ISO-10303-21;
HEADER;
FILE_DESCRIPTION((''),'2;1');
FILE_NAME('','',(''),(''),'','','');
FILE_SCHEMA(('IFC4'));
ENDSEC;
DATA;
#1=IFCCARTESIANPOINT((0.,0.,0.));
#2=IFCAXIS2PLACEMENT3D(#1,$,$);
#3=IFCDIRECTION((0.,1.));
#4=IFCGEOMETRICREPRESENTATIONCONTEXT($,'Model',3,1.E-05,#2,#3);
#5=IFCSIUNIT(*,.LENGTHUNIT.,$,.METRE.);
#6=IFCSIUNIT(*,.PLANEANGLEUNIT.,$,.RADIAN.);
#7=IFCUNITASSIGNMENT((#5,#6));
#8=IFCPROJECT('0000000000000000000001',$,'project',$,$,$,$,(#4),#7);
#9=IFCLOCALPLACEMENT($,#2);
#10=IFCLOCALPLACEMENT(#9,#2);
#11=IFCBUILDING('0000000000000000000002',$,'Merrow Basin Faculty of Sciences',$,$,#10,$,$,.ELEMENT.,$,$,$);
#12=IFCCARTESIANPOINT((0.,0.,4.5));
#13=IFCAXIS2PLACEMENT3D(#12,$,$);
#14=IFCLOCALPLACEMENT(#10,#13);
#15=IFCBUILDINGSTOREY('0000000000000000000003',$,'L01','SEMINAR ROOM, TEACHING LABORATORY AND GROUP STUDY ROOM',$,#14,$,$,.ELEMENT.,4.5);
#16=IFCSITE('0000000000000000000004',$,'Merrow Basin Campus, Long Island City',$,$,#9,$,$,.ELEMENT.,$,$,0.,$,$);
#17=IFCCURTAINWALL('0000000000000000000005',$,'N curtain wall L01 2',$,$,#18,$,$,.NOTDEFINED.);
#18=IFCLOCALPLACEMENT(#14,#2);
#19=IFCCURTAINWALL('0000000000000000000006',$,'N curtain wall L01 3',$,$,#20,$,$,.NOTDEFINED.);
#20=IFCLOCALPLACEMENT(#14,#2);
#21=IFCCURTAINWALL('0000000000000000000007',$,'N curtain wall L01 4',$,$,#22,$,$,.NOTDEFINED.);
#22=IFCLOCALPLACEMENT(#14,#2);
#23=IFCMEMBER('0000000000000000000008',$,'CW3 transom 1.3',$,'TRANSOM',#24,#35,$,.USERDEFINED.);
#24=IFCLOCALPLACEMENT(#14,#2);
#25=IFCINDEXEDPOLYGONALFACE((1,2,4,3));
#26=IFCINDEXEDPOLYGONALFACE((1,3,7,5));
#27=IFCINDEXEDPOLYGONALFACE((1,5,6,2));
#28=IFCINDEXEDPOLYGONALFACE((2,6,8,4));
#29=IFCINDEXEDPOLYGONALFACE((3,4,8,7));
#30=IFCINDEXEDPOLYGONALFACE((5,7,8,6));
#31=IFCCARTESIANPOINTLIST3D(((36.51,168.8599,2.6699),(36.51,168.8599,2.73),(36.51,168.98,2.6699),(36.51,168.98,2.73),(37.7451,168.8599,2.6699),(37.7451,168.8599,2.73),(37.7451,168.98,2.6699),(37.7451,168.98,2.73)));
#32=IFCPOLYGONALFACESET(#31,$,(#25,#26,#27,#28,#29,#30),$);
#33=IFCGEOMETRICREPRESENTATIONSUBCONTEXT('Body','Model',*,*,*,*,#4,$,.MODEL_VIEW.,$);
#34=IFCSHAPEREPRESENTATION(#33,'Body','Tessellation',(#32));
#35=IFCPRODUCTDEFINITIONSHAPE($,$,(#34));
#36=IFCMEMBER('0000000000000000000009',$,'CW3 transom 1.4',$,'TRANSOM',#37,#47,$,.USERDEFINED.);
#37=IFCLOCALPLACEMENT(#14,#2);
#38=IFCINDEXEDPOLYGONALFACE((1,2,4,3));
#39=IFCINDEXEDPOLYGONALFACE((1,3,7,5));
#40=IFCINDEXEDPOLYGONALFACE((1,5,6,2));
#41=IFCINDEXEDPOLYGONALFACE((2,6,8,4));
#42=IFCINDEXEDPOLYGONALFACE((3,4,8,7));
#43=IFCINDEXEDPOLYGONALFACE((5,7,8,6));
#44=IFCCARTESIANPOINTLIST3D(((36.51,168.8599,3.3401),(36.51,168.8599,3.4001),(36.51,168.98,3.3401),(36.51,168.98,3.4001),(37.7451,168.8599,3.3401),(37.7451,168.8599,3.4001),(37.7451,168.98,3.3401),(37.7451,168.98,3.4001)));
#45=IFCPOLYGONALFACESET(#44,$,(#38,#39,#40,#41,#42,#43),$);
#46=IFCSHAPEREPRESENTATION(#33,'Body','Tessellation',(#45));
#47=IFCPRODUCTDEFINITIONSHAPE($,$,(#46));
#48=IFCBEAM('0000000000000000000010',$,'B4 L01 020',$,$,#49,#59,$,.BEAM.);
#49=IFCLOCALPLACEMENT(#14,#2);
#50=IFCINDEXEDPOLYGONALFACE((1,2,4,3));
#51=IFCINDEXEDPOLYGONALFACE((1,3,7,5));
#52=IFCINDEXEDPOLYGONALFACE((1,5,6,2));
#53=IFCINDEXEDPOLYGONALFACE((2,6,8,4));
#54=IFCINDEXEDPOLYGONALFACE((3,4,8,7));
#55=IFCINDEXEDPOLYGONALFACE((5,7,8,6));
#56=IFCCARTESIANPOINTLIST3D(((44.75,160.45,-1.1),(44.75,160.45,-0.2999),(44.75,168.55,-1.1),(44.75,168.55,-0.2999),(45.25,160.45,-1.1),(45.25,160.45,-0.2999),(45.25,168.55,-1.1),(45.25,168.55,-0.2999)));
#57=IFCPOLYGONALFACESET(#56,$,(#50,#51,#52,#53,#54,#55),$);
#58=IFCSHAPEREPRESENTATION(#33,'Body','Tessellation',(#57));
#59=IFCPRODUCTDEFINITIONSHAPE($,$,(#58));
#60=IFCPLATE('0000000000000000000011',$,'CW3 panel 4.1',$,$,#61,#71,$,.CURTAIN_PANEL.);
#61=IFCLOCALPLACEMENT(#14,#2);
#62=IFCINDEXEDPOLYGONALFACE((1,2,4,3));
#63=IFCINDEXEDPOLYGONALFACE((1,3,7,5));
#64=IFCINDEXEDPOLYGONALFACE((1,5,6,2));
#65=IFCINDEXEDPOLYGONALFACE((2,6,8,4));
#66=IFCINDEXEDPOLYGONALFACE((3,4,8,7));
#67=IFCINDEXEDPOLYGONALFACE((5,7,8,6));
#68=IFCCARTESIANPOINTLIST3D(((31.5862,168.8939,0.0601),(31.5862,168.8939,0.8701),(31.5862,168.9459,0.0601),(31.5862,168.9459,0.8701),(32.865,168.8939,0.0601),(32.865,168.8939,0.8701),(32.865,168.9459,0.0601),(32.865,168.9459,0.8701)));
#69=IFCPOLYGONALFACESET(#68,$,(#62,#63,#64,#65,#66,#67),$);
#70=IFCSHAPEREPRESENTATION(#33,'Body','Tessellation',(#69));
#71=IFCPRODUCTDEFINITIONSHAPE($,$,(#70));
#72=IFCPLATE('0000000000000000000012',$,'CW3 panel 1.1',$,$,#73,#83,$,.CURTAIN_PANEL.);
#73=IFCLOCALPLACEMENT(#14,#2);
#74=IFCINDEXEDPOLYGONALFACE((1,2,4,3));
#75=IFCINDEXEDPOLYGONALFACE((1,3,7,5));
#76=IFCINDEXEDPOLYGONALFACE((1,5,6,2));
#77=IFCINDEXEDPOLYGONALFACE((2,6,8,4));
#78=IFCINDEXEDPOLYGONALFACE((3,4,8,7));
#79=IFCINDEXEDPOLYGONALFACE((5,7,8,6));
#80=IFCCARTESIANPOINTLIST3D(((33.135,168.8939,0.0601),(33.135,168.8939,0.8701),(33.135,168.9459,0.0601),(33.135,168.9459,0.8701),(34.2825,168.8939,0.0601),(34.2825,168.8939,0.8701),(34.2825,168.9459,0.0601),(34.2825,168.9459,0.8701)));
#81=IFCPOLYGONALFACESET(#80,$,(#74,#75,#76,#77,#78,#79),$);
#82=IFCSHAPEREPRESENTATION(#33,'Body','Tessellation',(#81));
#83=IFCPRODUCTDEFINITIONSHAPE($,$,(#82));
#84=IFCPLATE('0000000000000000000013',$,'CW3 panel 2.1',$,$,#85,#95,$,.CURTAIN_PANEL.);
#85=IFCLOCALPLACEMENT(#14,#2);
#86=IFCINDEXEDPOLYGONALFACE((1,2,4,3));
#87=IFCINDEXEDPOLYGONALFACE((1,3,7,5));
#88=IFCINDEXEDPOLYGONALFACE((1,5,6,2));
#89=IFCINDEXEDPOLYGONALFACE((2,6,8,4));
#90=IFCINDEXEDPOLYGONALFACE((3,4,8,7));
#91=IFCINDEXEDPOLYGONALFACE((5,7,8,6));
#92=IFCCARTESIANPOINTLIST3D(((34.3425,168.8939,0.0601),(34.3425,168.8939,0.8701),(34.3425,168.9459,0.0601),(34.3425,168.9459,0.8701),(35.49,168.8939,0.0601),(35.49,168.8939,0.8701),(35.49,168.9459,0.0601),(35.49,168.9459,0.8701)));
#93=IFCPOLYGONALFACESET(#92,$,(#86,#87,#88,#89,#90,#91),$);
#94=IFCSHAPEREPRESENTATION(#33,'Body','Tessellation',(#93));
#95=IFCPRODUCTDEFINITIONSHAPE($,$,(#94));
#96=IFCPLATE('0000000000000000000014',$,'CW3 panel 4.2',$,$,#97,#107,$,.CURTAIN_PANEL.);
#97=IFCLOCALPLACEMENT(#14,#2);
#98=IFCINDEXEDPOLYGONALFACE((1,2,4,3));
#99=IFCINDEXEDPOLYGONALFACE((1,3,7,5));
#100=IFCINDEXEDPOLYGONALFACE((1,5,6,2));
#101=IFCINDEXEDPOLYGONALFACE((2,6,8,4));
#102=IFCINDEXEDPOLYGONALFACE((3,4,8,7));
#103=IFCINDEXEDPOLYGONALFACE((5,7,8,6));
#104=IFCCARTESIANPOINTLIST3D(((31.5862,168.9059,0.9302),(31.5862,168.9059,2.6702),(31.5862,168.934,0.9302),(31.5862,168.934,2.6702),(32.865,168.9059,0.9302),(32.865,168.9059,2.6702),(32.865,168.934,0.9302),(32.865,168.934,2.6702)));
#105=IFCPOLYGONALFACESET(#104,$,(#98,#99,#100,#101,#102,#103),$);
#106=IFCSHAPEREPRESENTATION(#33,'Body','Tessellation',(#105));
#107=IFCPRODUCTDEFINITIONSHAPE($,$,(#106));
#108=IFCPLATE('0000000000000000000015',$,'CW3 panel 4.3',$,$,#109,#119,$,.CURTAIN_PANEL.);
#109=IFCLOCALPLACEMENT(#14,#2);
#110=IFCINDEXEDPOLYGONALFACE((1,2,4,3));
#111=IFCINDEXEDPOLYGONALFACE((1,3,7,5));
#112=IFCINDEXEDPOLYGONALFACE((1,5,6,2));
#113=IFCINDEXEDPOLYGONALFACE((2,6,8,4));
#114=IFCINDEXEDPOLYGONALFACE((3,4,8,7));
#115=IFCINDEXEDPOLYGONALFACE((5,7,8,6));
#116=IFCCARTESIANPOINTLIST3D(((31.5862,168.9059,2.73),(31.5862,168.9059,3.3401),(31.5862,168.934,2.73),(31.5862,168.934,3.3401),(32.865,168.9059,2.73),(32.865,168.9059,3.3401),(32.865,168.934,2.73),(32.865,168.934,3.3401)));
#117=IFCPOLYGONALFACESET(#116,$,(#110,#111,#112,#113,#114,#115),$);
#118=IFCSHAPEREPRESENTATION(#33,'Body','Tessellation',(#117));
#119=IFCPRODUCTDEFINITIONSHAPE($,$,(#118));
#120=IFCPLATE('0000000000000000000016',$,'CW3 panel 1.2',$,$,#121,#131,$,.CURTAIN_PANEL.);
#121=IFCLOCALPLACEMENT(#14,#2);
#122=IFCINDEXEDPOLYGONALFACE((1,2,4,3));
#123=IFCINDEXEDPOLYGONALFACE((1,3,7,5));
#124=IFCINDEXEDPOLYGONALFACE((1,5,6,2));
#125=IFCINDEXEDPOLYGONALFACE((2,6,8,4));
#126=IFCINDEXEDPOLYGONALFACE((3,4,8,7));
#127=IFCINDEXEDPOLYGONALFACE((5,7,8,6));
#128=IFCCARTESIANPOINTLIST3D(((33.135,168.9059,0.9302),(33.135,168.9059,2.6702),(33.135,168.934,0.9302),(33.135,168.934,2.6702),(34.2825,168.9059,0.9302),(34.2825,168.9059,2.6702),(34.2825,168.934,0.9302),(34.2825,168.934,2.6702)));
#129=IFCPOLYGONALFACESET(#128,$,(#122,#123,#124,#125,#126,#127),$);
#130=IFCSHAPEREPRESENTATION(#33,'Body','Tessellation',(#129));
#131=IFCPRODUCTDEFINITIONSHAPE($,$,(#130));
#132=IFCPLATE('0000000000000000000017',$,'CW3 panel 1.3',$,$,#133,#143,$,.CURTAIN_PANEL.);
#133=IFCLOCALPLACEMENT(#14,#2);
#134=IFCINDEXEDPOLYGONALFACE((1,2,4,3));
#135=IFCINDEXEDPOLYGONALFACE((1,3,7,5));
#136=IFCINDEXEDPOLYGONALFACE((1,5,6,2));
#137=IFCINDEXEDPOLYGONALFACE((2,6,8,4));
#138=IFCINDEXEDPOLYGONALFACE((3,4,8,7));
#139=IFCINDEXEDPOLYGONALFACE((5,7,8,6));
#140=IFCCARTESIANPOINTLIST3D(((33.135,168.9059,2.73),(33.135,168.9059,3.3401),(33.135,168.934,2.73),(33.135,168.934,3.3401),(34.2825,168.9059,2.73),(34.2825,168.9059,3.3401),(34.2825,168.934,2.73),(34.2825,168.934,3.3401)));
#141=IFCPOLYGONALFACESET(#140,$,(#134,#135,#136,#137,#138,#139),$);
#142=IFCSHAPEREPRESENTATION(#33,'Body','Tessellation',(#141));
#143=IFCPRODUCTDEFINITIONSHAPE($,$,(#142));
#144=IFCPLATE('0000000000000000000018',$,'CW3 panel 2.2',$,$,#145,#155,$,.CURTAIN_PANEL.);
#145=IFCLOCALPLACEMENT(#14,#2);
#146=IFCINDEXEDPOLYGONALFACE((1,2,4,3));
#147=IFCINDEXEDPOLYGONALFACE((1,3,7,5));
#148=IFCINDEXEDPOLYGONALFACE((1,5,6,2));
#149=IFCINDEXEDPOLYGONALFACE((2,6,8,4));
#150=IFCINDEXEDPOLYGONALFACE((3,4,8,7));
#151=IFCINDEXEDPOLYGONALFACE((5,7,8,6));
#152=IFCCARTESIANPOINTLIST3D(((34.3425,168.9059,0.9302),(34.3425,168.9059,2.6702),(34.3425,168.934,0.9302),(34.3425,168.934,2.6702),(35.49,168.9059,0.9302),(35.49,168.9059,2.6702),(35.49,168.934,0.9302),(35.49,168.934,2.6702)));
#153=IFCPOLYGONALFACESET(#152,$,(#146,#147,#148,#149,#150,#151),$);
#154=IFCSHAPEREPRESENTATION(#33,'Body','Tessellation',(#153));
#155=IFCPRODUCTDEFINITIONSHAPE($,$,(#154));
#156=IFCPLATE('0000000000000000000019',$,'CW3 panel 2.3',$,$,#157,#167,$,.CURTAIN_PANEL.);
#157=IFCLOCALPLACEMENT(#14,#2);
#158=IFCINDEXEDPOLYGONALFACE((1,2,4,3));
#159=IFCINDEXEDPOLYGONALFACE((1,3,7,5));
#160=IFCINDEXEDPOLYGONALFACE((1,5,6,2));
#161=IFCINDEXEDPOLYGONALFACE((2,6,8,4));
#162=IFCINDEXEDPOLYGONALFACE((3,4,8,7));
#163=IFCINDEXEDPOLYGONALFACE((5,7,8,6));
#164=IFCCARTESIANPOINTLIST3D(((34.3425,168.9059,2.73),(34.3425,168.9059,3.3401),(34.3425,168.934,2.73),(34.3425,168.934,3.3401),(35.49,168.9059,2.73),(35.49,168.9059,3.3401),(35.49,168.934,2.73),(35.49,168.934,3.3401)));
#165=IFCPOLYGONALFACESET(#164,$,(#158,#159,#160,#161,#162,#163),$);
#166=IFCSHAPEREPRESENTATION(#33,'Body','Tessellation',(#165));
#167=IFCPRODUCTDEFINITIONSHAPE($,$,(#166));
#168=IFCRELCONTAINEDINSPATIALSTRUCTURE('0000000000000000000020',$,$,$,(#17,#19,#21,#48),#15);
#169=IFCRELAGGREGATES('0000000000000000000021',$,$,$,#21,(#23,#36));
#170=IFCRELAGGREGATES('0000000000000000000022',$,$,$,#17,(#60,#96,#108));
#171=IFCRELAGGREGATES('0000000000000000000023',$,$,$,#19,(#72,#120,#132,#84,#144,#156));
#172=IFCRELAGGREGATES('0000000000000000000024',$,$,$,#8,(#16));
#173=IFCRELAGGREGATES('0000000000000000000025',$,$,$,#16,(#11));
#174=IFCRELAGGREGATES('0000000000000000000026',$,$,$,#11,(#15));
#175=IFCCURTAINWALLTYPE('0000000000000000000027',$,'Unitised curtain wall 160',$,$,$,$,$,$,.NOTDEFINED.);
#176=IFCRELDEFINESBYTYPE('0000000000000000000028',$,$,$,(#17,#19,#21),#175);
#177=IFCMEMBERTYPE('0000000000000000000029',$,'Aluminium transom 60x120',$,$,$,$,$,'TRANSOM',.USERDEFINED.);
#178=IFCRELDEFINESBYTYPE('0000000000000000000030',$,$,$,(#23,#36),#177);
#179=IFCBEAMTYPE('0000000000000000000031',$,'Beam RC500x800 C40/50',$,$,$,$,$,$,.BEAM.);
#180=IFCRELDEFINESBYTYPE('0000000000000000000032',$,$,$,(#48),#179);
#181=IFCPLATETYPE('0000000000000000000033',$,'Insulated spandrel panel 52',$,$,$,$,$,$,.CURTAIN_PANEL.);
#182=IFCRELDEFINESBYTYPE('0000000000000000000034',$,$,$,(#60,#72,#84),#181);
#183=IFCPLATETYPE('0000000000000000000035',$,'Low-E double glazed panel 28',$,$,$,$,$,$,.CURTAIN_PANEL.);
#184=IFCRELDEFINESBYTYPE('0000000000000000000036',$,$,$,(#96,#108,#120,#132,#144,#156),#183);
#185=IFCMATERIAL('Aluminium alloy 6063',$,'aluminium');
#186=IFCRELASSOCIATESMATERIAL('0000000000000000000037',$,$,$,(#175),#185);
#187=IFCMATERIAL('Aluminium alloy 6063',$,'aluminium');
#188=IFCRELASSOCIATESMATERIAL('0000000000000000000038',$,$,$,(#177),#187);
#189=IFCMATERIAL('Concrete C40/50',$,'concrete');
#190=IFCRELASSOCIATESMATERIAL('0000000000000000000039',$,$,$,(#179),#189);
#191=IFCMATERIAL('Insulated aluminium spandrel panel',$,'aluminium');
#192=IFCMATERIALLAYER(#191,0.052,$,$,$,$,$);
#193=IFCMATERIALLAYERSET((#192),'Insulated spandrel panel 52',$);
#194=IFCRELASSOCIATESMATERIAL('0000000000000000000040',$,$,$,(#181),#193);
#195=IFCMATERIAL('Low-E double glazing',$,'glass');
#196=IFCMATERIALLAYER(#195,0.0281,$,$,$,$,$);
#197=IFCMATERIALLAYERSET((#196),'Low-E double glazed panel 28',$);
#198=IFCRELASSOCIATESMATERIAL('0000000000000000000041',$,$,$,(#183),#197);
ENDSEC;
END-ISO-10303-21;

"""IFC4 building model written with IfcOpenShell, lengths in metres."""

from ifc_helpers import new_model, si_unit, direction, frame, origin, origin_2d, place, context, subcontext, project, spatial, rectangle, extrude, material, layer, layer_set, material_profile, profile_set, type_object, element, aggregate, save


model = new_model("IFC4")

# Units and contexts
model_context = context("Model", 3, precision=1e-05, world=origin(), true_north=direction((0.0, 1.0)))
body_context = subcontext(model_context, "Body", "Model", "MODEL_VIEW")
ifc_project = project(units=[si_unit("LENGTHUNIT", "METRE"), si_unit("PLANEANGLEUNIT", "RADIAN")], contexts=[model_context])

# Site, building, storey
site_placement = place(None, origin())
site = spatial("IfcSite", under=ifc_project, at=site_placement, Name="Merrow Basin Campus, Long Island City", CompositionType="ELEMENT", RefElevation=0.0)
building_placement = place(site_placement, origin())
building = spatial("IfcBuilding", under=site, at=building_placement, Name="Merrow Basin Faculty of Sciences", CompositionType="ELEMENT")
storey_placement = place(building_placement, frame((0.0, 0.0, 4.5)))
storey = spatial("IfcBuildingStorey", under=building, at=storey_placement, Name="L01", Description="SEMINAR ROOM, TEACHING LABORATORY AND GROUP STUDY ROOM", CompositionType="ELEMENT", Elevation=4.5)

# Curtain wall
ifc_material_1 = material(Name="Aluminium alloy 6063", Category="aluminium")
curtain_wall_type = type_object("IfcCurtainWallType", Name="Unitised curtain wall 160", PredefinedType="NOTDEFINED", material=ifc_material_1)
curtain_wall_1_placement = place(storey_placement, origin())
curtain_wall_1 = element("IfcCurtainWall", 1, at=curtain_wall_1_placement, inside=storey, type_object=curtain_wall_type, Name="N curtain wall L01 2", PredefinedType="NOTDEFINED")

# Curtain wall
curtain_wall_2_placement = place(storey_placement, origin())
curtain_wall_2 = element("IfcCurtainWall", 2, at=curtain_wall_2_placement, inside=storey, type_object=curtain_wall_type, Name="N curtain wall L01 3", PredefinedType="NOTDEFINED")

# Curtain wall
curtain_wall_3_placement = place(storey_placement, origin())
curtain_wall_3 = element("IfcCurtainWall", 3, at=curtain_wall_3_placement, inside=storey, type_object=curtain_wall_type, Name="N curtain wall L01 4", PredefinedType="NOTDEFINED")

# Members
ifc_material_2 = material(Name="Aluminium alloy 6063", Category="aluminium")
ifc_material_profile_1 = material_profile(ifc_material_2, rectangle(XDim=0.1201, YDim=0.0601, at=origin_2d()))
ifc_profile_set_1 = profile_set([ifc_material_profile_1], Name="Aluminium alloy 6063")
member_type_1 = type_object("IfcMemberType", Name="Aluminium transom 60x120", ElementType="TRANSOM", PredefinedType="USERDEFINED", material=ifc_profile_set_1)
member_1_placement = place(storey_placement, frame((36.51, 168.9199, 2.7), z_axis=(1.0, 0.0, 0.0), x_axis=(0.0, 1.0, 0.0)))
member_1 = element("IfcMember", 4, at=member_1_placement, type_object=member_type_1, Name="CW3 transom 1.3", ObjectType="TRANSOM", PredefinedType="USERDEFINED", context=body_context, shape_type="SweptSolid", body=[
    extrude(rectangle(XDim=0.1201, YDim=0.0601, at=origin_2d()), origin(), (0.0, 0.0, 1.0), 1.2351),
])
member_2_placement = place(storey_placement, frame((36.51, 168.9199, 3.3701), z_axis=(1.0, 0.0, 0.0), x_axis=(0.0, 1.0, 0.0)))
member_2 = element("IfcMember", 5, at=member_2_placement, type_object=member_type_1, Name="CW3 transom 1.4", ObjectType="TRANSOM", PredefinedType="USERDEFINED", context=body_context, shape_type="SweptSolid", body=[
    extrude(rectangle(XDim=0.1201, YDim=0.0601, at=origin_2d()), origin(), (0.0, 0.0, 1.0), 1.2351),
])
aggregate(curtain_wall_3, [member_1, member_2])

# Beam
ifc_material_3 = material(Name="Concrete C40/50", Category="concrete")
ifc_material_profile_2 = material_profile(ifc_material_3, rectangle(XDim=0.5, YDim=0.8, at=origin_2d()))
ifc_profile_set_2 = profile_set([ifc_material_profile_2], Name="Concrete C40/50")
beam_type = type_object("IfcBeamType", Name="Beam RC500x800 C40/50", PredefinedType="BEAM", material=ifc_profile_set_2)
beam_placement = place(storey_placement, frame((45.0, 160.45, -0.7), z_axis=(0.0, 1.0, 0.0), x_axis=(-1.0, 0.0, 0.0)))
element("IfcBeam", 6, at=beam_placement, inside=storey, type_object=beam_type, Name="B4 L01 020", PredefinedType="BEAM", context=body_context, shape_type="SweptSolid", body=[
    extrude(rectangle(XDim=0.5, YDim=0.8, at=origin_2d()), origin(), (0.0, 0.0, 1.0), 8.1001),
])

# Plates
ifc_material_4 = material(Name="Insulated aluminium spandrel panel", Category="aluminium")
ifc_layer_1 = layer(ifc_material_4, 0.052)
ifc_layer_set_1 = layer_set([ifc_layer_1], Name="Insulated spandrel panel 52")
plate_type_1 = type_object("IfcPlateType", Name="Insulated spandrel panel 52", PredefinedType="CURTAIN_PANEL", material=ifc_layer_set_1)
plate_1_placement = place(storey_placement, frame((32.2256, 168.9199, 0.0601), z_axis=(0.0, 0.0, 1.0), x_axis=(1.0, 0.0, 0.0)))
plate_1 = element("IfcPlate", 7, at=plate_1_placement, type_object=plate_type_1, Name="CW3 panel 4.1", PredefinedType="CURTAIN_PANEL", context=body_context, shape_type="SweptSolid", body=[
    extrude(rectangle(XDim=1.2788, YDim=0.052, at=origin_2d()), origin(), (0.0, 0.0, 1.0), 0.8101),
])
plate_2_placement = place(storey_placement, frame((33.7087, 168.9199, 0.0601), z_axis=(0.0, 0.0, 1.0), x_axis=(1.0, 0.0, 0.0)))
plate_2 = element("IfcPlate", 8, at=plate_2_placement, type_object=plate_type_1, Name="CW3 panel 1.1", PredefinedType="CURTAIN_PANEL", context=body_context, shape_type="SweptSolid", body=[
    extrude(rectangle(XDim=1.1475, YDim=0.052, at=origin_2d()), origin(), (0.0, 0.0, 1.0), 0.8101),
])
plate_3_placement = place(storey_placement, frame((34.9163, 168.9199, 0.0601), z_axis=(0.0, 0.0, 1.0), x_axis=(1.0, 0.0, 0.0)))
plate_3 = element("IfcPlate", 9, at=plate_3_placement, type_object=plate_type_1, Name="CW3 panel 2.1", PredefinedType="CURTAIN_PANEL", context=body_context, shape_type="SweptSolid", body=[
    extrude(rectangle(XDim=1.1475, YDim=0.052, at=origin_2d()), origin(), (0.0, 0.0, 1.0), 0.8101),
])
ifc_material_5 = material(Name="Low-E double glazing", Category="glass")
ifc_layer_2 = layer(ifc_material_5, 0.0281)
ifc_layer_set_2 = layer_set([ifc_layer_2], Name="Low-E double glazed panel 28")
plate_type_2 = type_object("IfcPlateType", Name="Low-E double glazed panel 28", PredefinedType="CURTAIN_PANEL", material=ifc_layer_set_2)
plate_4_placement = place(storey_placement, frame((32.2256, 168.9199, 0.9302), z_axis=(0.0, 0.0, 1.0), x_axis=(1.0, 0.0, 0.0)))
plate_4 = element("IfcPlate", 10, at=plate_4_placement, type_object=plate_type_2, Name="CW3 panel 4.2", PredefinedType="CURTAIN_PANEL", context=body_context, shape_type="SweptSolid", body=[
    extrude(rectangle(XDim=1.2788, YDim=0.0281, at=origin_2d()), origin(), (0.0, 0.0, 1.0), 1.74),
])
plate_5_placement = place(storey_placement, frame((32.2256, 168.9199, 2.73), z_axis=(0.0, 0.0, 1.0), x_axis=(1.0, 0.0, 0.0)))
plate_5 = element("IfcPlate", 11, at=plate_5_placement, type_object=plate_type_2, Name="CW3 panel 4.3", PredefinedType="CURTAIN_PANEL", context=body_context, shape_type="SweptSolid", body=[
    extrude(rectangle(XDim=1.2788, YDim=0.0281, at=origin_2d()), origin(), (0.0, 0.0, 1.0), 0.6101),
])
aggregate(curtain_wall_1, [plate_1, plate_4, plate_5])
plate_6_placement = place(storey_placement, frame((33.7087, 168.9199, 0.9302), z_axis=(0.0, 0.0, 1.0), x_axis=(1.0, 0.0, 0.0)))
plate_6 = element("IfcPlate", 12, at=plate_6_placement, type_object=plate_type_2, Name="CW3 panel 1.2", PredefinedType="CURTAIN_PANEL", context=body_context, shape_type="SweptSolid", body=[
    extrude(rectangle(XDim=1.1475, YDim=0.0281, at=origin_2d()), origin(), (0.0, 0.0, 1.0), 1.74),
])
plate_7_placement = place(storey_placement, frame((33.7087, 168.9199, 2.73), z_axis=(0.0, 0.0, 1.0), x_axis=(1.0, 0.0, 0.0)))
plate_7 = element("IfcPlate", 13, at=plate_7_placement, type_object=plate_type_2, Name="CW3 panel 1.3", PredefinedType="CURTAIN_PANEL", context=body_context, shape_type="SweptSolid", body=[
    extrude(rectangle(XDim=1.1475, YDim=0.0281, at=origin_2d()), origin(), (0.0, 0.0, 1.0), 0.6101),
])
plate_8_placement = place(storey_placement, frame((34.9163, 168.9199, 0.9302), z_axis=(0.0, 0.0, 1.0), x_axis=(1.0, 0.0, 0.0)))
plate_8 = element("IfcPlate", 14, at=plate_8_placement, type_object=plate_type_2, Name="CW3 panel 2.2", PredefinedType="CURTAIN_PANEL", context=body_context, shape_type="SweptSolid", body=[
    extrude(rectangle(XDim=1.1475, YDim=0.0281, at=origin_2d()), origin(), (0.0, 0.0, 1.0), 1.74),
])
plate_9_placement = place(storey_placement, frame((34.9163, 168.9199, 2.73), z_axis=(0.0, 0.0, 1.0), x_axis=(1.0, 0.0, 0.0)))
plate_9 = element("IfcPlate", 15, at=plate_9_placement, type_object=plate_type_2, Name="CW3 panel 2.3", PredefinedType="CURTAIN_PANEL", context=body_context, shape_type="SweptSolid", body=[
    extrude(rectangle(XDim=1.1475, YDim=0.0281, at=origin_2d()), origin(), (0.0, 0.0, 1.0), 0.6101),
])
aggregate(curtain_wall_2, [plate_2, plate_6, plate_7, plate_3, plate_8, plate_9])

save(model, "model.ifc")
